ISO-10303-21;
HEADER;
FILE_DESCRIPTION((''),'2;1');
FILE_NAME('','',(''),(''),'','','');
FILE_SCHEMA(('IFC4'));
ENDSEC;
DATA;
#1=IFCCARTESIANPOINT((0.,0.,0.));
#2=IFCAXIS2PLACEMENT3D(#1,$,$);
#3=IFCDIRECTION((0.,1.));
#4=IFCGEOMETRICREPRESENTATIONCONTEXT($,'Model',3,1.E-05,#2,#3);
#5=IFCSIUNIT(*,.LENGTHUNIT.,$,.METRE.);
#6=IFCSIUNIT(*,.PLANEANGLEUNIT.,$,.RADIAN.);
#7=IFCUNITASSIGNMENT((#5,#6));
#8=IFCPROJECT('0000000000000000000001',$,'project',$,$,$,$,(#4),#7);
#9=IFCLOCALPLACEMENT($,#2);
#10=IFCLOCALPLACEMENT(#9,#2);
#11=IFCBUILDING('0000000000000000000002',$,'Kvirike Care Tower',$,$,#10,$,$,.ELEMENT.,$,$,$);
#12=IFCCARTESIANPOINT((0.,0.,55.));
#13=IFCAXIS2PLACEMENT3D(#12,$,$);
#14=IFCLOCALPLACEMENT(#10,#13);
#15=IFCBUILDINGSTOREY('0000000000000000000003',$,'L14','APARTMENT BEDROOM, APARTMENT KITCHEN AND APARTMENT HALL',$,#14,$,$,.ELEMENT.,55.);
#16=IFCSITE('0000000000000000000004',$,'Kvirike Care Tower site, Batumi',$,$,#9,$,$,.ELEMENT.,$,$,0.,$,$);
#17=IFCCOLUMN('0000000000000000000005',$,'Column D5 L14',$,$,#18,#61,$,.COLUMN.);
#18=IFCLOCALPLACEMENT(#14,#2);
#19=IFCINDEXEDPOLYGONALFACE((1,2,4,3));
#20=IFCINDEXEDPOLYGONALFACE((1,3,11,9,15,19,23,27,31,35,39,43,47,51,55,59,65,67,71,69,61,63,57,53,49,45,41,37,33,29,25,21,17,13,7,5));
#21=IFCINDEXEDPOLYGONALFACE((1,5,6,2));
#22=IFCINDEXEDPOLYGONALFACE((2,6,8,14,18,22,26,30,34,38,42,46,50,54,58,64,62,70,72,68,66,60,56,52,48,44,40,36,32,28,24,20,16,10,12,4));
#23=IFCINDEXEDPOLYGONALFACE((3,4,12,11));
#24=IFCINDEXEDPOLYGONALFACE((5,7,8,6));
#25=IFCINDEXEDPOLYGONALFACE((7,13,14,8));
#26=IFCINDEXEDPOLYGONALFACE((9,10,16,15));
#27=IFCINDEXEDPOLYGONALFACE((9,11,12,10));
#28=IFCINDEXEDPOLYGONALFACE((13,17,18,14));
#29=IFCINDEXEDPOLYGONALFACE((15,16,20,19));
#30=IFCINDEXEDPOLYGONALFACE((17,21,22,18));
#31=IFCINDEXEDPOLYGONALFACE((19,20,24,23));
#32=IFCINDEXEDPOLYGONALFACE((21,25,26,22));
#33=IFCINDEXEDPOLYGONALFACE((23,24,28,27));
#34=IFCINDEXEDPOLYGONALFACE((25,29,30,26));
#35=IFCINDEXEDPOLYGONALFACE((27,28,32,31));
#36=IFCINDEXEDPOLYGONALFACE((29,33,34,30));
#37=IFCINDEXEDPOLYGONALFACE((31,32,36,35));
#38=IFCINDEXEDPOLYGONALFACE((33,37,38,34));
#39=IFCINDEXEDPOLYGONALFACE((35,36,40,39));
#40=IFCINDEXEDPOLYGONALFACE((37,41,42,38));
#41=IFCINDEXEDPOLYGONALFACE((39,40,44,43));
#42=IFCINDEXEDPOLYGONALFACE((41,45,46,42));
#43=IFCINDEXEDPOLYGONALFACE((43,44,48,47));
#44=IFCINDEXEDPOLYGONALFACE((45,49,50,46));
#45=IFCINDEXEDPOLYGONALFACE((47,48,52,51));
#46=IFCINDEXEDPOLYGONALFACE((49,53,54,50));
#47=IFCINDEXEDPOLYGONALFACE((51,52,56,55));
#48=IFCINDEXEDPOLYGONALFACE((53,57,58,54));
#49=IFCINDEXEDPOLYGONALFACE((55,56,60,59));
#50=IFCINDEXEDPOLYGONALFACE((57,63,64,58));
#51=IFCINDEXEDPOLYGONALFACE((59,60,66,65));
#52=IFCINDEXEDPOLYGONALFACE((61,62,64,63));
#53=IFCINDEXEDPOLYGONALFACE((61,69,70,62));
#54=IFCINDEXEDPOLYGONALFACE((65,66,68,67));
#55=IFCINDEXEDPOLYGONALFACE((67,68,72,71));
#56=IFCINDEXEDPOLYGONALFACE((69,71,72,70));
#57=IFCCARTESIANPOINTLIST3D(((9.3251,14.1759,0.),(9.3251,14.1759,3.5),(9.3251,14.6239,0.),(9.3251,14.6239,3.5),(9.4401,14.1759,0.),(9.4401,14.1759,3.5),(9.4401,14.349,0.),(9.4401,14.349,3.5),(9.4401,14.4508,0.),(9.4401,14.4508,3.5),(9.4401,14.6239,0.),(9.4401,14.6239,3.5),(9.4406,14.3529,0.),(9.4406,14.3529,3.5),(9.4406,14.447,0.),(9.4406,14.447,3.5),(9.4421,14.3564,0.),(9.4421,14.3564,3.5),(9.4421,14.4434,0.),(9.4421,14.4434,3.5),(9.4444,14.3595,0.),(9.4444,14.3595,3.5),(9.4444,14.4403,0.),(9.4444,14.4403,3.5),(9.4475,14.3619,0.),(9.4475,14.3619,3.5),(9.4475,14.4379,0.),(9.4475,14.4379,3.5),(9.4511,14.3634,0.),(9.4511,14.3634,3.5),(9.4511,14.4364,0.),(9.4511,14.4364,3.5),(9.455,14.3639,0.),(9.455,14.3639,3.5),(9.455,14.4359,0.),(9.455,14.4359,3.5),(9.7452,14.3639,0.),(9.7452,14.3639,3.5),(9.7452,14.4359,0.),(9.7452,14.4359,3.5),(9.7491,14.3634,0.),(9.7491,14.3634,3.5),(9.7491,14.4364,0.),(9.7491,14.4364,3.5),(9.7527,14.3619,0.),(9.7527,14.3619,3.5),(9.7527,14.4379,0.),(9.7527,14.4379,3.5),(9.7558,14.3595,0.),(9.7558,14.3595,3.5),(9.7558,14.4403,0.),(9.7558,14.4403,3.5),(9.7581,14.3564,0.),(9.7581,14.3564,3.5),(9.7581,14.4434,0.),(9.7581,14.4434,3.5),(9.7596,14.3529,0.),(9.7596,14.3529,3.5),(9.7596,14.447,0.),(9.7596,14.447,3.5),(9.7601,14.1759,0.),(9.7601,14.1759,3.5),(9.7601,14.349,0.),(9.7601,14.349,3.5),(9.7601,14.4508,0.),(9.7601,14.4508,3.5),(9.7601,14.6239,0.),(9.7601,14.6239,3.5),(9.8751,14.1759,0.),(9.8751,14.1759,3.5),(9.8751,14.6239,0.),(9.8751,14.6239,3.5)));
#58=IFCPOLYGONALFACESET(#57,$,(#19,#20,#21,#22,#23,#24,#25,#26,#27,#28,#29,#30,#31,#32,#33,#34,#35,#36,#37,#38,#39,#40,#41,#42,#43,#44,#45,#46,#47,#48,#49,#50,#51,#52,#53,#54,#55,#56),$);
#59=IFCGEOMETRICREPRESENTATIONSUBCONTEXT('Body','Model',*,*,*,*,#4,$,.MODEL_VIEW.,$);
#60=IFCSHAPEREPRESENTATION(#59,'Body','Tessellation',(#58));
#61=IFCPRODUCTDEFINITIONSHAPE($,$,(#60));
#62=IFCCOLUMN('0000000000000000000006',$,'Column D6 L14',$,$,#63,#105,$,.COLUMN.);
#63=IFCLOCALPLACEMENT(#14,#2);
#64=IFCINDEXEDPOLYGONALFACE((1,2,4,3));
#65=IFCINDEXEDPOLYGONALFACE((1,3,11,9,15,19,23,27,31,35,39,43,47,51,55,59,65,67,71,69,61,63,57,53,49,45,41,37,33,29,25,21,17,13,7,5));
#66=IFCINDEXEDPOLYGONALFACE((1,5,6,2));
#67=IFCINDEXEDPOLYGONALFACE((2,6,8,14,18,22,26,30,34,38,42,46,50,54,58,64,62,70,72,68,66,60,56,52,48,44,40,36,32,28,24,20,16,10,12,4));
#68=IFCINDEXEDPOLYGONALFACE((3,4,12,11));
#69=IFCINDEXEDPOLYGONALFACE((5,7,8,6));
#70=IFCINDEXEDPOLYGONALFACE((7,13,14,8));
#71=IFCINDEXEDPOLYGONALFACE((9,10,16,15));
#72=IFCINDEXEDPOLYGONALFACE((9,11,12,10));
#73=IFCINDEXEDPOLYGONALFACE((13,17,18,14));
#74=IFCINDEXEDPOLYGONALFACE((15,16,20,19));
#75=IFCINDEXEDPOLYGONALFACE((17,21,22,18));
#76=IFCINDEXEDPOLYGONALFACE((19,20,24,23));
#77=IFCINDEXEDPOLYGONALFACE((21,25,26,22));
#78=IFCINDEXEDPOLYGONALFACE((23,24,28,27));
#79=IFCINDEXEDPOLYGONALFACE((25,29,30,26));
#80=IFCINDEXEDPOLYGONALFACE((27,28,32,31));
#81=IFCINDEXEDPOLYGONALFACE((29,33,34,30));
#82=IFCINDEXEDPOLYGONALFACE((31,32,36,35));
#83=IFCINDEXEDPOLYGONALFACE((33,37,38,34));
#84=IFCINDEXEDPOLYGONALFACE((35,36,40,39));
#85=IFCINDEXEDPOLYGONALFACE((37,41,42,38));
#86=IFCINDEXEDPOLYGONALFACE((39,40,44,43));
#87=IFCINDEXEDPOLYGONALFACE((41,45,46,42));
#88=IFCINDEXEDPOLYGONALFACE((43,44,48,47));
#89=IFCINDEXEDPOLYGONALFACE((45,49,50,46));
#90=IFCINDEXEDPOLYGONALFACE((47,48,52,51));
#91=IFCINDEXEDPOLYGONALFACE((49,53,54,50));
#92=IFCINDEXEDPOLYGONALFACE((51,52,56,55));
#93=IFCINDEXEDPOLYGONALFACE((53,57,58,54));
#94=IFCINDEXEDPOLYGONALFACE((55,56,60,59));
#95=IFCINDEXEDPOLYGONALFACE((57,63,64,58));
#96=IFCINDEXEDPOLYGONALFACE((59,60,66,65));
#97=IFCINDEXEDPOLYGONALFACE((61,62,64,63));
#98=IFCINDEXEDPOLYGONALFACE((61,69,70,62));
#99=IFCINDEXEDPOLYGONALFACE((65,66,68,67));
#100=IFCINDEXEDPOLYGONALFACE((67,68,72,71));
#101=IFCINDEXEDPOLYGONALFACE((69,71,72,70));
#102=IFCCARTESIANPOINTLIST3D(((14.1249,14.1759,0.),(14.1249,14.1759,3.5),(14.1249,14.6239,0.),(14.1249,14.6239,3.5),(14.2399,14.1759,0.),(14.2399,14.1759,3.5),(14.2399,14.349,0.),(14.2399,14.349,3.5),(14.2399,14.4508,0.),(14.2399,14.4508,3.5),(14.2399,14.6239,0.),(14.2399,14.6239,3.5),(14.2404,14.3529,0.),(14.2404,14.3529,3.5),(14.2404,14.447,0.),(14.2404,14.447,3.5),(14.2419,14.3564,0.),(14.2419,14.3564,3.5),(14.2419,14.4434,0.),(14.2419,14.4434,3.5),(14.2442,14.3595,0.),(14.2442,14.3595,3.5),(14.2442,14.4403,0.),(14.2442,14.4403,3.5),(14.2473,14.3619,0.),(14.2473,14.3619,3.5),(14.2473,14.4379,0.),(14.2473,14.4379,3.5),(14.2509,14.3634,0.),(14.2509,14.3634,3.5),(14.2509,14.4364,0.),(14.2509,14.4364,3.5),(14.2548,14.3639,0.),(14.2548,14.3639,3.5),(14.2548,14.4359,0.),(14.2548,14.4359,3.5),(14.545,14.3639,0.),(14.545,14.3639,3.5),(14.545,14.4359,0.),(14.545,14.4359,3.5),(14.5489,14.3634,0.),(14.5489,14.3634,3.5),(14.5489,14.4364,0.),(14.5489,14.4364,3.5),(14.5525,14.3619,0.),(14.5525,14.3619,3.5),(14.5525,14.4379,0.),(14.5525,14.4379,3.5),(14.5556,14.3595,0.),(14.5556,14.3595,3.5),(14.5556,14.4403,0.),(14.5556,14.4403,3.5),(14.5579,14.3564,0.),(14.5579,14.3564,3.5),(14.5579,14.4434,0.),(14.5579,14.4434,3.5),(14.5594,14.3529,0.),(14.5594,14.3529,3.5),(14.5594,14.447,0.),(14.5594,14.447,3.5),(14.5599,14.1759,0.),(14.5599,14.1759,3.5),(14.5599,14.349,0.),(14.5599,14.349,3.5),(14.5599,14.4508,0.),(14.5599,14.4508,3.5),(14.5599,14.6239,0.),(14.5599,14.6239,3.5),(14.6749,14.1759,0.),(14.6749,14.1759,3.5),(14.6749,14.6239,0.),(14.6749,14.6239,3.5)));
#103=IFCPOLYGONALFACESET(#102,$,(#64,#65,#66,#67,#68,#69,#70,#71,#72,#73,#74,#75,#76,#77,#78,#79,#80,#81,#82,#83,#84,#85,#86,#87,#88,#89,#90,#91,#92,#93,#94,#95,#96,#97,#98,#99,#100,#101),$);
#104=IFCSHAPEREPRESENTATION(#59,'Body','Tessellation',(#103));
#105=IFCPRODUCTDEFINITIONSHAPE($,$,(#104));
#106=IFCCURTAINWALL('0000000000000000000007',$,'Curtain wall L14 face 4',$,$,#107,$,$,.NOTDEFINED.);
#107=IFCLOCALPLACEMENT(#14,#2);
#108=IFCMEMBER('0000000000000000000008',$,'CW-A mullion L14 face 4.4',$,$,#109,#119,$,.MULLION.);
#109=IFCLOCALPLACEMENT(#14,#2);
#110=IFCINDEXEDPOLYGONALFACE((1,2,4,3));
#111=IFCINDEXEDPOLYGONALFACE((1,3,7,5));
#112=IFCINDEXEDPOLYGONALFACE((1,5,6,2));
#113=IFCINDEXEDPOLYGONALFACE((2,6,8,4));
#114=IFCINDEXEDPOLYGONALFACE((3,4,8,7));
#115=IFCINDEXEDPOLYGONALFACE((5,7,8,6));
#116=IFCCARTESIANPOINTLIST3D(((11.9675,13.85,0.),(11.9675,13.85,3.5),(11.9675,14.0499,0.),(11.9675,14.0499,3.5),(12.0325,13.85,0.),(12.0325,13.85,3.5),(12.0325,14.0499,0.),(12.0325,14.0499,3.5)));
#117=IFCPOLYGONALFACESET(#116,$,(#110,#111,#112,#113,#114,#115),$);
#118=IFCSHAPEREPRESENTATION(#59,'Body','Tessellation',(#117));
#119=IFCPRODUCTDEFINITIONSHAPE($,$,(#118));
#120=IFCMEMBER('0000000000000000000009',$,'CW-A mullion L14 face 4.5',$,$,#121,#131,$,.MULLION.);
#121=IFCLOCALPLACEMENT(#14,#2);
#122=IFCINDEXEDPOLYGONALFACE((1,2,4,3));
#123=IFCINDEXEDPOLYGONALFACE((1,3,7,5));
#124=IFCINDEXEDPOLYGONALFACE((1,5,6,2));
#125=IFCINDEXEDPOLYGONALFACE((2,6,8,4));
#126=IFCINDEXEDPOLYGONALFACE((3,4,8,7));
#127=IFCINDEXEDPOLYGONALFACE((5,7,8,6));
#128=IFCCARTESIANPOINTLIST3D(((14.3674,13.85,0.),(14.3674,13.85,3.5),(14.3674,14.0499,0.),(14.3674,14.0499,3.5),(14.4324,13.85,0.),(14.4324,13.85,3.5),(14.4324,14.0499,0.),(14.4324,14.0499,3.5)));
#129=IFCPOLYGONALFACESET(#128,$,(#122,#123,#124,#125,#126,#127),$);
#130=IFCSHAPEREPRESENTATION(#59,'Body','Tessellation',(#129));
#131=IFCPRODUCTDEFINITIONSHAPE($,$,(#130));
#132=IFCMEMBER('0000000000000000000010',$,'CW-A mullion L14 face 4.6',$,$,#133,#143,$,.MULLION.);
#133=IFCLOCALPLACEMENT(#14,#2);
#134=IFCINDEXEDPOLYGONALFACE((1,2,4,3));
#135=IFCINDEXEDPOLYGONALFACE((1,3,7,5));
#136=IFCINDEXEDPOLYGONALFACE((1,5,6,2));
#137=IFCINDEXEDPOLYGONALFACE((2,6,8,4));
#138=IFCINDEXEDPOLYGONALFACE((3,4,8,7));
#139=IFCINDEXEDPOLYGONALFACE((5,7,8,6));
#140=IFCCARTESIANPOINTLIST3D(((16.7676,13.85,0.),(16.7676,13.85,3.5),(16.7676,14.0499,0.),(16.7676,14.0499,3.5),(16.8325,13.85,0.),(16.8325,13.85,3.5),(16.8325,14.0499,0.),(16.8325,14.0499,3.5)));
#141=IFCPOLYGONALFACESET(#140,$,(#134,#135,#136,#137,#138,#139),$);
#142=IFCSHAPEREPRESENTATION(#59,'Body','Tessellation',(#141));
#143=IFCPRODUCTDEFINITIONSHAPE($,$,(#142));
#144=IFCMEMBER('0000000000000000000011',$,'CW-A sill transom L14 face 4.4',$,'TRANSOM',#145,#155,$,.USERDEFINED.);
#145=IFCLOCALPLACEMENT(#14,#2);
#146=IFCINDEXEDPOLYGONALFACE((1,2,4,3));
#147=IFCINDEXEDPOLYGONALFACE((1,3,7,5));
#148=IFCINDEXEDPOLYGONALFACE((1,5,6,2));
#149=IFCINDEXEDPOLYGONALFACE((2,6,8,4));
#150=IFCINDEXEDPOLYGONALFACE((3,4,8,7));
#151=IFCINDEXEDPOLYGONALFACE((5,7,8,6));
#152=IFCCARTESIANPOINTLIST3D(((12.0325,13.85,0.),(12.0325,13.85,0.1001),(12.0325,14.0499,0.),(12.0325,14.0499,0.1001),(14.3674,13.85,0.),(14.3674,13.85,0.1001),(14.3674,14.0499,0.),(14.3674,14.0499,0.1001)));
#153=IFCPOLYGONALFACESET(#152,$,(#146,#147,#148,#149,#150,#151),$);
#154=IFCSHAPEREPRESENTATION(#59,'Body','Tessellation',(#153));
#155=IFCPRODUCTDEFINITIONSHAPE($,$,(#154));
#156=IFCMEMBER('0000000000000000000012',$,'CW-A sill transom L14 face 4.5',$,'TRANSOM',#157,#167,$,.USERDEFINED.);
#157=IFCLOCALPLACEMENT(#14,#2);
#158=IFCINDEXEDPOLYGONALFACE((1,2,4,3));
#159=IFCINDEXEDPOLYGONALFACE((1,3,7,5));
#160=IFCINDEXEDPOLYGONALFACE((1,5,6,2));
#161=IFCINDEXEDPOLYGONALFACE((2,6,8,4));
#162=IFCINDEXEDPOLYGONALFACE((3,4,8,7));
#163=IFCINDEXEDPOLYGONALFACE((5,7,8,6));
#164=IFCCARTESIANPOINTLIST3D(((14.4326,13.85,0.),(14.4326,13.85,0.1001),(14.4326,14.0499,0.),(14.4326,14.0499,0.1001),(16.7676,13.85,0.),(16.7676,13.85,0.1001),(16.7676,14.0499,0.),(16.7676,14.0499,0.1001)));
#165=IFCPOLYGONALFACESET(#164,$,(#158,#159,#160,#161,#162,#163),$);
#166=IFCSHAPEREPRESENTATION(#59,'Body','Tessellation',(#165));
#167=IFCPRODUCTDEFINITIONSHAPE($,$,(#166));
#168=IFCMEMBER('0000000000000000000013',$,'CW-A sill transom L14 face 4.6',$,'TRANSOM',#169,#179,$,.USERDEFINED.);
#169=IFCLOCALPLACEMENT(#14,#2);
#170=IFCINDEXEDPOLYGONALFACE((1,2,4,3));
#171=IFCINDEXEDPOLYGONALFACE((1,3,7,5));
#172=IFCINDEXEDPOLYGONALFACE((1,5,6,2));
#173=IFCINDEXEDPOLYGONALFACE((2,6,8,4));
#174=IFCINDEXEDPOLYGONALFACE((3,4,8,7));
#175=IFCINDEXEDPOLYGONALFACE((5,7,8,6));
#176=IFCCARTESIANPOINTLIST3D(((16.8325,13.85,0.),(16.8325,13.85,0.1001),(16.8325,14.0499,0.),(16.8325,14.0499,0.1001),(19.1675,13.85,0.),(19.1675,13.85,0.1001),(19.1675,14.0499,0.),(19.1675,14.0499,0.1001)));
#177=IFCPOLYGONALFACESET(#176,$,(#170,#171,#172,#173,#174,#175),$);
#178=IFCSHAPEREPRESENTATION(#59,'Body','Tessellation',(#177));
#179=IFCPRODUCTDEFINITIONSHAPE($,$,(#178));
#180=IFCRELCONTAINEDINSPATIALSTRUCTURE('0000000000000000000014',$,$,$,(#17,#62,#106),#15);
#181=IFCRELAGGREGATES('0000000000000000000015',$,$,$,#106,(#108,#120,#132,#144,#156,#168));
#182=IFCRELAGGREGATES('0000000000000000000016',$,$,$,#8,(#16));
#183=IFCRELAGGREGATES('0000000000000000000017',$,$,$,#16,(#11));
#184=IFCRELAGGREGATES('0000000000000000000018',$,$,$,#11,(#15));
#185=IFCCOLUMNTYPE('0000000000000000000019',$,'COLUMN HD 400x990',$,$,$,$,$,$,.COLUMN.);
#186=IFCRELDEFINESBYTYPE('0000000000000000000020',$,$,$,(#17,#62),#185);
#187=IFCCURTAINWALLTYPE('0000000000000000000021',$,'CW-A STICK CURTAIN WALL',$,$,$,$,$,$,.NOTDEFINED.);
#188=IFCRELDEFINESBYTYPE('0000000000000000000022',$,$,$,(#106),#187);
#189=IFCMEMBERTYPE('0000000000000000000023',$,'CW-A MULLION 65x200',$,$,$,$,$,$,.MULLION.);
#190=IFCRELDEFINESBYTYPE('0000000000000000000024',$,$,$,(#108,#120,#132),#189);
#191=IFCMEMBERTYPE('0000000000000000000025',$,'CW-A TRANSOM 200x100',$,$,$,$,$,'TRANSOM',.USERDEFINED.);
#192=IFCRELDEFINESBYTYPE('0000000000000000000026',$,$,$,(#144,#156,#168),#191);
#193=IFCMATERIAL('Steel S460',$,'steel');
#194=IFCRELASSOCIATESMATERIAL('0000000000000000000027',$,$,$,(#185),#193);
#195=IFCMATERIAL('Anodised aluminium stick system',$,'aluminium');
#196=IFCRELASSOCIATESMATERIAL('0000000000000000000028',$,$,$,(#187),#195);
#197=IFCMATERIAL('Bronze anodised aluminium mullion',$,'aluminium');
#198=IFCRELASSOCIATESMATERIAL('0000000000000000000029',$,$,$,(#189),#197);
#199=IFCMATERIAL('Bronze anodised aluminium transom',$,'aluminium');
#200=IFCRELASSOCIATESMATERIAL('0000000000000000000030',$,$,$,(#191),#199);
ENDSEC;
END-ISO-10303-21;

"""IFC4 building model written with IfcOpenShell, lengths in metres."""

from ifc_helpers import new_model, si_unit, direction, frame, origin, origin_2d, place, context, subcontext, project, spatial, rectangle, i_section, extrude, material, material_profile, profile_set, type_object, element, aggregate, save


model = new_model("IFC4")

# Units and contexts
model_context = context("Model", 3, precision=1e-05, world=origin(), true_north=direction((0.0, 1.0)))
body_context = subcontext(model_context, "Body", "Model", "MODEL_VIEW")
ifc_project = project(units=[si_unit("LENGTHUNIT", "METRE"), si_unit("PLANEANGLEUNIT", "RADIAN")], contexts=[model_context])

# Site, building, storey
site_placement = place(None, origin())
site = spatial("IfcSite", under=ifc_project, at=site_placement, Name="Kvirike Care Tower site, Batumi", CompositionType="ELEMENT", RefElevation=0.0)
building_placement = place(site_placement, origin())
building = spatial("IfcBuilding", under=site, at=building_placement, Name="Kvirike Care Tower", CompositionType="ELEMENT")
storey_placement = place(building_placement, frame((0.0, 0.0, 55.0)))
storey = spatial("IfcBuildingStorey", under=building, at=storey_placement, Name="L14", Description="APARTMENT BEDROOM, APARTMENT KITCHEN AND APARTMENT HALL", CompositionType="ELEMENT", Elevation=55.0)

# Columns
ifc_material_1 = material(Name="Steel S460", Category="steel")
ifc_material_profile_1 = material_profile(ifc_material_1, i_section(OverallWidth=0.448, OverallDepth=0.55, WebThickness=0.072, FlangeThickness=0.115, FilletRadius=0.0149, at=origin_2d()), Name="HD 400x990")
ifc_profile_set_1 = profile_set([ifc_material_profile_1], Name="Steel S460")
column_type = type_object("IfcColumnType", Name="COLUMN HD 400x990", PredefinedType="COLUMN", material=ifc_profile_set_1)
for number, where, z_axis, x_axis, name in (
    (1, (9.6001, 14.3999, 0.0), (0.0, 0.0, 1.0), (0.0, 1.0, 0.0), "Column D5 L14"),
    (2, (14.3999, 14.3999, 0.0), (0.0, 0.0, 1.0), (0.0, 1.0, 0.0), "Column D6 L14"),
):
    element("IfcColumn", number, at=place(storey_placement, frame(where, z_axis=z_axis, x_axis=x_axis)), inside=storey, type_object=column_type, Name=name, PredefinedType="COLUMN", context=body_context, shape_type="SweptSolid", body=[
        extrude(i_section(OverallWidth=0.448, OverallDepth=0.55, WebThickness=0.072, FlangeThickness=0.115, FilletRadius=0.0149, at=origin_2d()), origin(), (0.0, 0.0, 1.0), 3.5),
    ])

# Curtain wall, members
ifc_material_2 = material(Name="Anodised aluminium stick system", Category="aluminium")
curtain_wall_type = type_object("IfcCurtainWallType", Name="CW-A STICK CURTAIN WALL", PredefinedType="NOTDEFINED", material=ifc_material_2)
curtain_wall_placement = place(storey_placement, origin())
curtain_wall = element("IfcCurtainWall", 3, at=curtain_wall_placement, inside=storey, type_object=curtain_wall_type, Name="Curtain wall L14 face 4", PredefinedType="NOTDEFINED")
ifc_material_3 = material(Name="Bronze anodised aluminium mullion", Category="aluminium")
ifc_material_profile_2 = material_profile(ifc_material_3, rectangle(XDim=0.0649, YDim=0.2, at=origin_2d()), Name="CW-A MULLION 65x200")
ifc_profile_set_2 = profile_set([ifc_material_profile_2], Name="Bronze anodised aluminium mullion")
member_type_1 = type_object("IfcMemberType", Name="CW-A MULLION 65x200", PredefinedType="MULLION", material=ifc_profile_set_2)
member_1_placement = place(storey_placement, frame((12.0, 13.95, 0.0), z_axis=(0.0, 0.0, 1.0), x_axis=(1.0, 0.0, 0.0)))
member_1 = element("IfcMember", 4, at=member_1_placement, type_object=member_type_1, Name="CW-A mullion L14 face 4.4", PredefinedType="MULLION", context=body_context, shape_type="SweptSolid", body=[
    extrude(rectangle(XDim=0.0649, YDim=0.2, at=origin_2d()), origin(), (0.0, 0.0, 1.0), 3.5),
])
member_2_placement = place(storey_placement, frame((14.3999, 13.95, 0.0), z_axis=(0.0, 0.0, 1.0), x_axis=(1.0, 0.0, 0.0)))
member_2 = element("IfcMember", 5, at=member_2_placement, type_object=member_type_1, Name="CW-A mullion L14 face 4.5", PredefinedType="MULLION", context=body_context, shape_type="SweptSolid", body=[
    extrude(rectangle(XDim=0.0649, YDim=0.2, at=origin_2d()), origin(), (0.0, 0.0, 1.0), 3.5),
])
member_3_placement = place(storey_placement, frame((16.8, 13.95, 0.0), z_axis=(0.0, 0.0, 1.0), x_axis=(1.0, 0.0, 0.0)))
member_3 = element("IfcMember", 6, at=member_3_placement, type_object=member_type_1, Name="CW-A mullion L14 face 4.6", PredefinedType="MULLION", context=body_context, shape_type="SweptSolid", body=[
    extrude(rectangle(XDim=0.0649, YDim=0.2, at=origin_2d()), origin(), (0.0, 0.0, 1.0), 3.5),
])
ifc_material_4 = material(Name="Bronze anodised aluminium transom", Category="aluminium")
ifc_material_profile_3 = material_profile(ifc_material_4, rectangle(XDim=0.2, YDim=0.1001, at=origin_2d()), Name="CW-A TRANSOM 200x100")
ifc_profile_set_3 = profile_set([ifc_material_profile_3], Name="Bronze anodised aluminium transom")
member_type_2 = type_object("IfcMemberType", Name="CW-A TRANSOM 200x100", ElementType="TRANSOM", PredefinedType="USERDEFINED", material=ifc_profile_set_3)
member_4_placement = place(storey_placement, frame((12.0325, 13.95, 0.05), z_axis=(1.0, 0.0, 0.0), x_axis=(0.0, 1.0, 0.0)))
member_4 = element("IfcMember", 7, at=member_4_placement, type_object=member_type_2, Name="CW-A sill transom L14 face 4.4", ObjectType="TRANSOM", PredefinedType="USERDEFINED", context=body_context, shape_type="SweptSolid", body=[
    extrude(rectangle(XDim=0.2, YDim=0.1001, at=origin_2d()), origin(), (0.0, 0.0, 1.0), 2.335),
])
member_5_placement = place(storey_placement, frame((14.4326, 13.95, 0.05), z_axis=(1.0, 0.0, 0.0), x_axis=(0.0, 1.0, 0.0)))
member_5 = element("IfcMember", 8, at=member_5_placement, type_object=member_type_2, Name="CW-A sill transom L14 face 4.5", ObjectType="TRANSOM", PredefinedType="USERDEFINED", context=body_context, shape_type="SweptSolid", body=[
    extrude(rectangle(XDim=0.2, YDim=0.1001, at=origin_2d()), origin(), (0.0, 0.0, 1.0), 2.335),
])
member_6_placement = place(storey_placement, frame((16.8325, 13.95, 0.05), z_axis=(1.0, 0.0, 0.0), x_axis=(0.0, 1.0, 0.0)))
member_6 = element("IfcMember", 9, at=member_6_placement, type_object=member_type_2, Name="CW-A sill transom L14 face 4.6", ObjectType="TRANSOM", PredefinedType="USERDEFINED", context=body_context, shape_type="SweptSolid", body=[
    extrude(rectangle(XDim=0.2, YDim=0.1001, at=origin_2d()), origin(), (0.0, 0.0, 1.0), 2.335),
])

aggregate(curtain_wall, [member_1, member_2, member_3, member_4, member_5, member_6])

save(model, "model.ifc")
